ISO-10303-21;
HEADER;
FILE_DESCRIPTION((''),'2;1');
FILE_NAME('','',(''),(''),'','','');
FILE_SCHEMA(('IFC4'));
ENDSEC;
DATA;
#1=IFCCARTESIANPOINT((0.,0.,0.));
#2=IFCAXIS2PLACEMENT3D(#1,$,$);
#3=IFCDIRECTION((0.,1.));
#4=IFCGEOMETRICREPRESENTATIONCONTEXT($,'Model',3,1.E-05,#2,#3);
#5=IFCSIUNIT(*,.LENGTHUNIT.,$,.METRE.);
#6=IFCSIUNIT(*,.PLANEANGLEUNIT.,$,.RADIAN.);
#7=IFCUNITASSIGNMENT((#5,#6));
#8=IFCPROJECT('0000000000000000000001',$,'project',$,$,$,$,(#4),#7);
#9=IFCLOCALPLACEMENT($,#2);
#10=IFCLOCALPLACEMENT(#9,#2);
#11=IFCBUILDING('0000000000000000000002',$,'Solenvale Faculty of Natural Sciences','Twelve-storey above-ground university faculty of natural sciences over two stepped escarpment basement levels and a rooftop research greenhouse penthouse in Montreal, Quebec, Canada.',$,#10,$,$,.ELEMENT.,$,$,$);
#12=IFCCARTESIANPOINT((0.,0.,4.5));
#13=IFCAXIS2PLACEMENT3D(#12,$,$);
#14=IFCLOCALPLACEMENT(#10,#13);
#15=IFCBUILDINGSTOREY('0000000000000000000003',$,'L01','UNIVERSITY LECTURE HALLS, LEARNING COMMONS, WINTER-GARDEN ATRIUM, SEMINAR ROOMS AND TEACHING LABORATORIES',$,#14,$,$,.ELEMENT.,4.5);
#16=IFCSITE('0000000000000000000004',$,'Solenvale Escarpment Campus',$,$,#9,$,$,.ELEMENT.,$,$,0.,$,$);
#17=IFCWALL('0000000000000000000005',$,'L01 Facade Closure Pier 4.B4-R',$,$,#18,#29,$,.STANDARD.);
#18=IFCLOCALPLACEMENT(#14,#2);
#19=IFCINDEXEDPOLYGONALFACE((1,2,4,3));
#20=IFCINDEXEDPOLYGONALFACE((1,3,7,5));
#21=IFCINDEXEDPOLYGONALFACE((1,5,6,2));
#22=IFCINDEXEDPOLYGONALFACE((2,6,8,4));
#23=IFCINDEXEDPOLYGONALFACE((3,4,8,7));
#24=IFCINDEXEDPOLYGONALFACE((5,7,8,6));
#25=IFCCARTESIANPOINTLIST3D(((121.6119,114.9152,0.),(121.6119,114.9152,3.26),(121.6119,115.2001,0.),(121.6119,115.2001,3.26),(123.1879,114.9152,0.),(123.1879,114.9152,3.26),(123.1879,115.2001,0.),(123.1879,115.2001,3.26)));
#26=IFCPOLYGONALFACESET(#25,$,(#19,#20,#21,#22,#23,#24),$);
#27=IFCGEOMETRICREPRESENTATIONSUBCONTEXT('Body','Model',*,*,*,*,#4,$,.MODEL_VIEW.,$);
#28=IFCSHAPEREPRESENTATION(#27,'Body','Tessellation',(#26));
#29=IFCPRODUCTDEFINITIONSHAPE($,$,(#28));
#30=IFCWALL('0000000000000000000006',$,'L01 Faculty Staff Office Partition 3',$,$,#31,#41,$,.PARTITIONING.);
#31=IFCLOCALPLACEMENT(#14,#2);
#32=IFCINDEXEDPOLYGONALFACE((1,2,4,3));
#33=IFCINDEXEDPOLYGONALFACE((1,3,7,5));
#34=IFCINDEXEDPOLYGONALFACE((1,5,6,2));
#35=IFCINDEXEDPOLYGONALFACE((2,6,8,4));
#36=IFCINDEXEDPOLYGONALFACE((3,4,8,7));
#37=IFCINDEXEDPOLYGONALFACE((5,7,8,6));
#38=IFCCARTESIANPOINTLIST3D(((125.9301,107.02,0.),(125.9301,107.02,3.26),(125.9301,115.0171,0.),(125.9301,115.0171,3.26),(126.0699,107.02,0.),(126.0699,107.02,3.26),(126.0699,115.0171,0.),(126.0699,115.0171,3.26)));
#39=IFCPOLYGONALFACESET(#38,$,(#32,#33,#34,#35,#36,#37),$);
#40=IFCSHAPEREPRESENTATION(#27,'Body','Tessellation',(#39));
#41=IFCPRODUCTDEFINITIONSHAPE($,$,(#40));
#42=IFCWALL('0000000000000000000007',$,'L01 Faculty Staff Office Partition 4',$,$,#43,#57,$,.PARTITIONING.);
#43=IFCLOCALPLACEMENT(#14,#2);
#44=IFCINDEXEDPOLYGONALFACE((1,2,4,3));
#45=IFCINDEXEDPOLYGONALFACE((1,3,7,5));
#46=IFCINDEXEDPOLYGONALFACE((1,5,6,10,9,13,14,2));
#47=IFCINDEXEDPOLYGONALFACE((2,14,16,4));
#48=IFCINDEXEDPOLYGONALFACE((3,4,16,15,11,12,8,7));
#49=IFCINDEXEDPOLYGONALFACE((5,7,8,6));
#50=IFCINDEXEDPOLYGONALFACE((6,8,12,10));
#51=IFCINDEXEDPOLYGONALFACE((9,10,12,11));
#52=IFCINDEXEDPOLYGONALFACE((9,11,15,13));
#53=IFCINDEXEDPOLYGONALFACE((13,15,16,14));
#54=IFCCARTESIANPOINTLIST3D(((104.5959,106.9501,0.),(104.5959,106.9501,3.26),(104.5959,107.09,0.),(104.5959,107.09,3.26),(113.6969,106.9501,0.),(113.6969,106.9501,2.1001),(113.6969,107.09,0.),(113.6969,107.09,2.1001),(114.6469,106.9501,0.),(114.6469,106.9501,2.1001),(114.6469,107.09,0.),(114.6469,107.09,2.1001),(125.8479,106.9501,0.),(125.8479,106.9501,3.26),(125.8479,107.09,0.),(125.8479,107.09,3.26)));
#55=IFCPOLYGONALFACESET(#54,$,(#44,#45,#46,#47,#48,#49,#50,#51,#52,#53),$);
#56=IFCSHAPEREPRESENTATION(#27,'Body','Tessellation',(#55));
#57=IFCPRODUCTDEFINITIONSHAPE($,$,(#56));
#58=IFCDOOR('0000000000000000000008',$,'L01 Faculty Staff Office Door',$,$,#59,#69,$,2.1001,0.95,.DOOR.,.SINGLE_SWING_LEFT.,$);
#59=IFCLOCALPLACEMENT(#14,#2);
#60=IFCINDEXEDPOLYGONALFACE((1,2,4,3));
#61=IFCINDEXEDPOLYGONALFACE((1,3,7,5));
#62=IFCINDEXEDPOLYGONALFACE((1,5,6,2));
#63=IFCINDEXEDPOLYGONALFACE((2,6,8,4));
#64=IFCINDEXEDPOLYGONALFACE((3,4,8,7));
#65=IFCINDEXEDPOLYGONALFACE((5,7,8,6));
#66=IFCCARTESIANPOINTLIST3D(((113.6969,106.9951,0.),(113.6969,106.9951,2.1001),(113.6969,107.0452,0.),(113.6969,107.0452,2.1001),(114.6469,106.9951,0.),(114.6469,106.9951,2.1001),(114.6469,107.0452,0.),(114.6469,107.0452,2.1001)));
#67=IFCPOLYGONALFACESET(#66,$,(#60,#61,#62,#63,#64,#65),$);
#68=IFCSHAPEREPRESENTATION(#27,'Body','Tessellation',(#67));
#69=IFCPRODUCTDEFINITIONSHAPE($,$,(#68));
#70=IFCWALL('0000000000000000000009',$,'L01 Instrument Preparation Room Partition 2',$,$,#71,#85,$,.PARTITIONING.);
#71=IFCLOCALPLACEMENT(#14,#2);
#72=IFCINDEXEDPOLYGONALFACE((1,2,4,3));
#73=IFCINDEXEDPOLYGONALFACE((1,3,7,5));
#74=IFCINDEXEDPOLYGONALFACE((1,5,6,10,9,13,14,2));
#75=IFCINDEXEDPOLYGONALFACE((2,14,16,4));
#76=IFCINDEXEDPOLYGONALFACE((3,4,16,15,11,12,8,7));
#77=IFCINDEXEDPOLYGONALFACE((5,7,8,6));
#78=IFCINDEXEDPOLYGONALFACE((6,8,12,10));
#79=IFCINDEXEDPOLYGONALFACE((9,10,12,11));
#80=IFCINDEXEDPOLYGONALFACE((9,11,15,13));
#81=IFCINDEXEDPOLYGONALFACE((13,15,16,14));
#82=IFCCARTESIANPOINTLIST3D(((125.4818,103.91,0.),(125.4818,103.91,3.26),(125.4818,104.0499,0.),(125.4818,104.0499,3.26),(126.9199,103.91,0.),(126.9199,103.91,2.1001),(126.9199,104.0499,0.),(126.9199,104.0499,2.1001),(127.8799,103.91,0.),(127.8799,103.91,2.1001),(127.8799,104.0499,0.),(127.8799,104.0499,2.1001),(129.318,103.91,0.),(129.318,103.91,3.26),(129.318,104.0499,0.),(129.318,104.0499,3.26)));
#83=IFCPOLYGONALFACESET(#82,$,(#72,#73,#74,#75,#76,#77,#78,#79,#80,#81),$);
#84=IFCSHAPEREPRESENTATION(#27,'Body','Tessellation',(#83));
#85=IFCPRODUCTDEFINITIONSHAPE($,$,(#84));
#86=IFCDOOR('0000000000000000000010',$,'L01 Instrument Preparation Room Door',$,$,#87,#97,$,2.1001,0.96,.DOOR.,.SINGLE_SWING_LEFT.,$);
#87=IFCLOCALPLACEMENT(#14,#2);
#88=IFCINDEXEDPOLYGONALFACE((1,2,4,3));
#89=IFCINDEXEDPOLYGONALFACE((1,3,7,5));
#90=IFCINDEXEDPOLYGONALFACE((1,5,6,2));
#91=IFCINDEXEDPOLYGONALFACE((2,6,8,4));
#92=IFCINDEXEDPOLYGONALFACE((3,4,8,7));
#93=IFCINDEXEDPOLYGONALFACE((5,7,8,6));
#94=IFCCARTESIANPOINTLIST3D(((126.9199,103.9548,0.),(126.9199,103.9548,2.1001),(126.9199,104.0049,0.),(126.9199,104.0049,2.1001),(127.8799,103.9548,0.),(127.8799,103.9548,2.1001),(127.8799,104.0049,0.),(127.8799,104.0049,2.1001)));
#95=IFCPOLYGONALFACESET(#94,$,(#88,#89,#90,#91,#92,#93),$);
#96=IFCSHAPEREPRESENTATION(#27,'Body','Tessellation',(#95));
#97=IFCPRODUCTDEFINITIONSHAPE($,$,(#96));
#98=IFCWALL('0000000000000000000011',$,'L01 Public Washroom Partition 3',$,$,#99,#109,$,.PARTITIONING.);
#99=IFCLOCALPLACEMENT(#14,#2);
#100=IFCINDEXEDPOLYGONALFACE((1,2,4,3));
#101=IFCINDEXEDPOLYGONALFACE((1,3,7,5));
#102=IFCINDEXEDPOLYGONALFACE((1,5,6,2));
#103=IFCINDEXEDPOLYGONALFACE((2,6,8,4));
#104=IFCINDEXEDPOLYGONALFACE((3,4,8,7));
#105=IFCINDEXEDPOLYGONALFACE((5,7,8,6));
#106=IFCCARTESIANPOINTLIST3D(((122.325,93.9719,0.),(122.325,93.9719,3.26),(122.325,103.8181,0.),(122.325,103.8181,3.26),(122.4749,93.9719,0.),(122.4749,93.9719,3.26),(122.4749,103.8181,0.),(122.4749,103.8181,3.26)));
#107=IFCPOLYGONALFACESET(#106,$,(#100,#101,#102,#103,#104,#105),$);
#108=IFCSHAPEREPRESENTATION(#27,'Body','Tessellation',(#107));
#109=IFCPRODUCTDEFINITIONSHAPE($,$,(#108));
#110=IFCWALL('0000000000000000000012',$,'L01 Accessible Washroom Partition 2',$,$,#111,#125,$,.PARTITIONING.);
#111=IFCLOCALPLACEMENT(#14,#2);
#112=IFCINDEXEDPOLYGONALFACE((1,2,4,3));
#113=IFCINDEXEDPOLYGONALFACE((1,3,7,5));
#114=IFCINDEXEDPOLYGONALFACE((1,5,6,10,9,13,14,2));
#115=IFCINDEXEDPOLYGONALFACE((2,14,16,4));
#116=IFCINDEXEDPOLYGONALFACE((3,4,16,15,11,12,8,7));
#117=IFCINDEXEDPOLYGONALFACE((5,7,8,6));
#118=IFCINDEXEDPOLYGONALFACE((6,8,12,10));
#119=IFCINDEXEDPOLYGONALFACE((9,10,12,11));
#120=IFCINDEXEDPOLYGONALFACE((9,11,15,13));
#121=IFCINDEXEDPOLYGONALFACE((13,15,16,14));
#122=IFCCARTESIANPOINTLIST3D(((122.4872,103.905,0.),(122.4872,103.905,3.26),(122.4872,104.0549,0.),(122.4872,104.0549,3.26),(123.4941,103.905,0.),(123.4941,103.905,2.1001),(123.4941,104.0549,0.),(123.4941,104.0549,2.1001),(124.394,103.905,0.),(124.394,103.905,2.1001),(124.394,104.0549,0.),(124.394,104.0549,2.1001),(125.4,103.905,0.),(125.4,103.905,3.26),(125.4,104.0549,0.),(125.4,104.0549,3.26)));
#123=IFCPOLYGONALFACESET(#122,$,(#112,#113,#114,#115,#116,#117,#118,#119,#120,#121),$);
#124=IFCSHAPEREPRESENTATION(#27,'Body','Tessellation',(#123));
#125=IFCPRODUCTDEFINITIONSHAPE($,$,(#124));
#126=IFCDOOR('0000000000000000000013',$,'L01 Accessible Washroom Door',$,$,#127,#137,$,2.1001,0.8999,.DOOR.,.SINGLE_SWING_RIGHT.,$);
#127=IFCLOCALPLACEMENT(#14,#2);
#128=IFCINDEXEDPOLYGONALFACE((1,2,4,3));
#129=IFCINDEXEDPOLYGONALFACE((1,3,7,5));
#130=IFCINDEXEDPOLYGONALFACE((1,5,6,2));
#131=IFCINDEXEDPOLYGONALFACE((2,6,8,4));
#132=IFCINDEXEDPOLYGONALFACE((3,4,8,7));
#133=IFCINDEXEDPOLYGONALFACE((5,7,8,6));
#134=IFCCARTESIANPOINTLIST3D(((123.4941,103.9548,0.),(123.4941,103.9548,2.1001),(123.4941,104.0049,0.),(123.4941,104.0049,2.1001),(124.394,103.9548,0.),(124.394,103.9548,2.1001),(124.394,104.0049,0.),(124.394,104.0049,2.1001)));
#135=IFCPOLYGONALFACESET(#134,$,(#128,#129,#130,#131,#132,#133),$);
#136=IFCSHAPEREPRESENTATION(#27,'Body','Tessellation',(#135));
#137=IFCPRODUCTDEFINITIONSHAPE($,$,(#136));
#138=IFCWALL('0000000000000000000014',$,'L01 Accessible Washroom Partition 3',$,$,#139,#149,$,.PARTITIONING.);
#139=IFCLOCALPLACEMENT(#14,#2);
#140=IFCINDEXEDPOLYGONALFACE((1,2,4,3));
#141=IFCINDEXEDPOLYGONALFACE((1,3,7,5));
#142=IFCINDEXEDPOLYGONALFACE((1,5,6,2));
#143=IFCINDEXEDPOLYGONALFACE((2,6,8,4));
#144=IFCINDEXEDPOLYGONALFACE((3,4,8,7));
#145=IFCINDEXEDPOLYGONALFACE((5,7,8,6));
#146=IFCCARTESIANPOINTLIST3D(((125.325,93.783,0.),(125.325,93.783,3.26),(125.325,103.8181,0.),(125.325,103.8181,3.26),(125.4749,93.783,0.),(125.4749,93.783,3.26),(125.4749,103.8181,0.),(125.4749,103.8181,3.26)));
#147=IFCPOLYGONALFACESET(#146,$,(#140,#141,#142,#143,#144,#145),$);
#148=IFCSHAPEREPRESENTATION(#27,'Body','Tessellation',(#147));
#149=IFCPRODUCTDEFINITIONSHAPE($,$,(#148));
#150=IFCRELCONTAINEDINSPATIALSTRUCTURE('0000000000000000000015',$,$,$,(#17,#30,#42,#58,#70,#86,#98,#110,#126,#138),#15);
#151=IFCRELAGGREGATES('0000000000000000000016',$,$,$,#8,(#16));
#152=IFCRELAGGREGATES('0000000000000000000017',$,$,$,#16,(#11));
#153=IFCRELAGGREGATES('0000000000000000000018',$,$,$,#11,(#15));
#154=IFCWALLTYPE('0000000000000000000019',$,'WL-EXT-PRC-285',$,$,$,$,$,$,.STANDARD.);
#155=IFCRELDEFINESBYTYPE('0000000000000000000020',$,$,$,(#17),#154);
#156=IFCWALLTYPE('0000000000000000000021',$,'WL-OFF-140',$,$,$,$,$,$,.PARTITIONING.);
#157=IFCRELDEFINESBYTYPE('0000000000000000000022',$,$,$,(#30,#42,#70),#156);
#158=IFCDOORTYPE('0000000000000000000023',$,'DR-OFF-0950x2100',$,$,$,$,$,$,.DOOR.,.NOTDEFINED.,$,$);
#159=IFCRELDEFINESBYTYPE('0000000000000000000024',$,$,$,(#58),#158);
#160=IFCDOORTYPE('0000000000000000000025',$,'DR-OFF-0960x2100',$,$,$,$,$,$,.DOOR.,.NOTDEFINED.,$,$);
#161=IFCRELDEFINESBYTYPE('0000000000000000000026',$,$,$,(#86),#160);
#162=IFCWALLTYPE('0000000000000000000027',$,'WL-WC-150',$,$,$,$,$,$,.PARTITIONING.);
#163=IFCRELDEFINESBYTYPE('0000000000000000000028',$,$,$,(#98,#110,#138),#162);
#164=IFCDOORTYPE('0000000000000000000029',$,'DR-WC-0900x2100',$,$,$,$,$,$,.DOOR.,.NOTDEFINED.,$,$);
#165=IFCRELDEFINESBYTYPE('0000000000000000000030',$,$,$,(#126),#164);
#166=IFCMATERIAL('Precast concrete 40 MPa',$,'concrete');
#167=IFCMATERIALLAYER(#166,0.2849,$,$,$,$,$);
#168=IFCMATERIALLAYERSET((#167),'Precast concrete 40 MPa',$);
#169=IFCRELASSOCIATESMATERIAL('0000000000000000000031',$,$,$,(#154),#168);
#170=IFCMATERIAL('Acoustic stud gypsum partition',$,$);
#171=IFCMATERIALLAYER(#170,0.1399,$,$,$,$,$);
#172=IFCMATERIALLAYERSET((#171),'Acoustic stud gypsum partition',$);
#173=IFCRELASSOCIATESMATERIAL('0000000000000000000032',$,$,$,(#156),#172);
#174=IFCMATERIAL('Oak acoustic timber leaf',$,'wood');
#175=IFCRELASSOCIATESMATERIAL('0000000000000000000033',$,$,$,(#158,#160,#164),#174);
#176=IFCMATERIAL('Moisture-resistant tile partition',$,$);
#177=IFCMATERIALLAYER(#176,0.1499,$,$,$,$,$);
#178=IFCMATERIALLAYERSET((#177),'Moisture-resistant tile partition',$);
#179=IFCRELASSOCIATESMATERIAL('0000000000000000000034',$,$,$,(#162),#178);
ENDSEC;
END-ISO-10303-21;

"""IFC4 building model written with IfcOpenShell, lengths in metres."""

from ifc_helpers import new_model, si_unit, direction, frame, frame_2d, origin, place, context, subcontext, project, spatial, rectangle, extrude, material, layer, layer_set, type_object, element, fill, save


model = new_model("IFC4")

# Units and contexts
model_context = context("Model", 3, precision=1e-05, world=origin(), true_north=direction((0.0, 1.0)))
body_context = subcontext(model_context, "Body", "Model", "MODEL_VIEW")
ifc_project = project(units=[si_unit("LENGTHUNIT", "METRE"), si_unit("PLANEANGLEUNIT", "RADIAN")], contexts=[model_context])

# Site, building, storey
site_placement = place(None, origin())
site = spatial("IfcSite", under=ifc_project, at=site_placement, Name="Solenvale Escarpment Campus", CompositionType="ELEMENT", RefElevation=0.0)
building_placement = place(site_placement, origin())
building = spatial("IfcBuilding", under=site, at=building_placement, Name="Solenvale Faculty of Natural Sciences", Description="Twelve-storey above-ground university faculty of natural sciences over two stepped escarpment basement levels and a rooftop research greenhouse penthouse in Montreal, Quebec, Canada.", CompositionType="ELEMENT")
storey_placement = place(building_placement, frame((0.0, 0.0, 4.5)))
storey = spatial("IfcBuildingStorey", under=building, at=storey_placement, Name="L01", Description="UNIVERSITY LECTURE HALLS, LEARNING COMMONS, WINTER-GARDEN ATRIUM, SEMINAR ROOMS AND TEACHING LABORATORIES", CompositionType="ELEMENT", Elevation=4.5)

# Wall
ifc_material_1 = material(Name="Precast concrete 40 MPa", Category="concrete")
ifc_layer_1 = layer(ifc_material_1, 0.2849)
ifc_layer_set_1 = layer_set([ifc_layer_1], Name="Precast concrete 40 MPa")
wall_type_1 = type_object("IfcWallType", Name="WL-EXT-PRC-285", PredefinedType="STANDARD", material=ifc_layer_set_1)
wall_1_placement = place(storey_placement, frame((123.188, 115.0576, 0.0), z_axis=(0.0, 0.0, 1.0), x_axis=(-1.0, 0.0, 0.0)))
element("IfcWall", 1, at=wall_1_placement, inside=storey, type_object=wall_type_1, Name="L01 Facade Closure Pier 4.B4-R", PredefinedType="STANDARD", context=body_context, shape_type="SweptSolid", body=[
    extrude(rectangle(XDim=1.5759, YDim=0.2849, at=frame_2d((0.7881, 0.0))), origin(), (0.0, 0.0, 1.0), 3.26),
])

# Wall
ifc_material_2 = material(Name="Acoustic stud gypsum partition")
ifc_layer_2 = layer(ifc_material_2, 0.1399)
ifc_layer_set_2 = layer_set([ifc_layer_2], Name="Acoustic stud gypsum partition")
wall_type_2 = type_object("IfcWallType", Name="WL-OFF-140", PredefinedType="PARTITIONING", material=ifc_layer_set_2)
wall_2_placement = place(storey_placement, frame((126.0, 115.0171, 0.0), z_axis=(0.0, 0.0, 1.0), x_axis=(0.0, -1.0, 0.0)))
element("IfcWall", 2, at=wall_2_placement, inside=storey, type_object=wall_type_2, Name="L01 Faculty Staff Office Partition 3", PredefinedType="PARTITIONING", context=body_context, shape_type="SweptSolid", body=[
    extrude(rectangle(XDim=7.9971, YDim=0.1399, at=frame_2d((3.9985, 0.0))), origin(), (0.0, 0.0, 1.0), 3.26),
])

# Walls, openings, doors
wall_3_placement = place(storey_placement, frame((125.8479, 107.02, 0.0), z_axis=(0.0, 0.0, 1.0), x_axis=(-1.0, 0.0, 0.0)))
wall_3 = element("IfcWall", 3, at=wall_3_placement, inside=storey, type_object=wall_type_2, Name="L01 Faculty Staff Office Partition 4", PredefinedType="PARTITIONING", context=body_context, shape_type="SweptSolid", body=[
    extrude(rectangle(XDim=21.252, YDim=0.1399, at=frame_2d((10.626, 0.0))), origin(), (0.0, 0.0, 1.0), 3.26),
])
opening_1_placement = place(wall_3_placement, frame((11.2009, 0.0, 0.0)))
opening_1 = element("IfcOpeningElement", 4, at=opening_1_placement, cuts=wall_3, PredefinedType="OPENING", context=body_context, shape_type="SweptSolid", body=[
    extrude(rectangle(XDim=0.95, YDim=2.1001, at=frame_2d((0.4751, 1.05))), frame((0.0, 0.0798, 0.0), z_axis=(0.0, -1.0, 0.0), x_axis=(1.0, 0.0, 0.0)), (0.0, 0.0, 1.0), 0.1599),
])
ifc_material_3 = material(Name="Oak acoustic timber leaf", Category="wood")
door_type_1 = type_object("IfcDoorType", Name="DR-OFF-0950x2100", OperationType="NOTDEFINED", PredefinedType="DOOR", material=ifc_material_3)
door_1_placement = place(opening_1_placement, origin())
door_1 = element("IfcDoor", 5, at=door_1_placement, inside=storey, type_object=door_type_1, Name="L01 Faculty Staff Office Door", OperationType="SINGLE_SWING_LEFT", OverallHeight=2.1001, OverallWidth=0.95, PredefinedType="DOOR", context=body_context, shape_type="SweptSolid", body=[
    extrude(rectangle(XDim=0.95, YDim=2.1001, at=frame_2d((0.4751, 1.05))), frame((0.0, 0.0249, 0.0), z_axis=(0.0, -1.0, 0.0), x_axis=(1.0, 0.0, 0.0)), (0.0, 0.0, 1.0), 0.05),
])
fill(opening_1, door_1)
wall_4_placement = place(storey_placement, frame((125.4819, 103.98, 0.0), z_axis=(0.0, 0.0, 1.0), x_axis=(1.0, 0.0, 0.0)))
wall_4 = element("IfcWall", 6, at=wall_4_placement, inside=storey, type_object=wall_type_2, Name="L01 Instrument Preparation Room Partition 2", PredefinedType="PARTITIONING", context=body_context, shape_type="SweptSolid", body=[
    extrude(rectangle(XDim=3.8362, YDim=0.1399, at=frame_2d((1.918, 0.0))), origin(), (0.0, 0.0, 1.0), 3.26),
])
opening_2_placement = place(wall_4_placement, frame((1.438, 0.0, 0.0)))
opening_2 = element("IfcOpeningElement", 7, at=opening_2_placement, cuts=wall_4, PredefinedType="OPENING", context=body_context, shape_type="SweptSolid", body=[
    extrude(rectangle(XDim=0.96, YDim=2.1001, at=frame_2d((0.48, 1.05))), frame((0.0, 0.0798, 0.0), z_axis=(0.0, -1.0, 0.0), x_axis=(1.0, 0.0, 0.0)), (0.0, 0.0, 1.0), 0.1599),
])
door_type_2 = type_object("IfcDoorType", Name="DR-OFF-0960x2100", OperationType="NOTDEFINED", PredefinedType="DOOR", material=ifc_material_3)
door_2_placement = place(opening_2_placement, origin())
door_2 = element("IfcDoor", 8, at=door_2_placement, inside=storey, type_object=door_type_2, Name="L01 Instrument Preparation Room Door", OperationType="SINGLE_SWING_LEFT", OverallHeight=2.1001, OverallWidth=0.96, PredefinedType="DOOR", context=body_context, shape_type="SweptSolid", body=[
    extrude(rectangle(XDim=0.96, YDim=2.1001, at=frame_2d((0.48, 1.05))), frame((0.0, 0.0249, 0.0), z_axis=(0.0, -1.0, 0.0), x_axis=(1.0, 0.0, 0.0)), (0.0, 0.0, 1.0), 0.05),
])
fill(opening_2, door_2)

# Wall
ifc_material_4 = material(Name="Moisture-resistant tile partition")
ifc_layer_3 = layer(ifc_material_4, 0.1499)
ifc_layer_set_3 = layer_set([ifc_layer_3], Name="Moisture-resistant tile partition")
wall_type_3 = type_object("IfcWallType", Name="WL-WC-150", PredefinedType="PARTITIONING", material=ifc_layer_set_3)
wall_5_placement = place(storey_placement, frame((122.3999, 103.8181, 0.0), z_axis=(0.0, 0.0, 1.0), x_axis=(0.0, -1.0, 0.0)))
element("IfcWall", 9, at=wall_5_placement, inside=storey, type_object=wall_type_3, Name="L01 Public Washroom Partition 3", PredefinedType="PARTITIONING", context=body_context, shape_type="SweptSolid", body=[
    extrude(rectangle(XDim=9.8462, YDim=0.1499, at=frame_2d((4.9231, 0.0))), origin(), (0.0, 0.0, 1.0), 3.26),
])

# Wall, opening, door
wall_6_placement = place(storey_placement, frame((122.4871, 103.98, 0.0), z_axis=(0.0, 0.0, 1.0), x_axis=(1.0, 0.0, 0.0)))
wall_6 = element("IfcWall", 10, at=wall_6_placement, inside=storey, type_object=wall_type_3, Name="L01 Accessible Washroom Partition 2", PredefinedType="PARTITIONING", context=body_context, shape_type="SweptSolid", body=[
    extrude(rectangle(XDim=2.9128, YDim=0.1499, at=frame_2d((1.4565, 0.0))), origin(), (0.0, 0.0, 1.0), 3.26),
])
opening_3_placement = place(wall_6_placement, frame((1.0071, 0.0, 0.0)))
opening_3 = element("IfcOpeningElement", 11, at=opening_3_placement, cuts=wall_6, PredefinedType="OPENING", context=body_context, shape_type="SweptSolid", body=[
    extrude(rectangle(XDim=0.8999, YDim=2.1001, at=frame_2d((0.45, 1.05))), frame((0.0, 0.085, 0.0), z_axis=(0.0, -1.0, 0.0), x_axis=(1.0, 0.0, 0.0)), (0.0, 0.0, 1.0), 0.1699),
])
door_type_3 = type_object("IfcDoorType", Name="DR-WC-0900x2100", OperationType="NOTDEFINED", PredefinedType="DOOR", material=ifc_material_3)
door_3_placement = place(opening_3_placement, origin())
door_3 = element("IfcDoor", 12, at=door_3_placement, inside=storey, type_object=door_type_3, Name="L01 Accessible Washroom Door", OperationType="SINGLE_SWING_RIGHT", OverallHeight=2.1001, OverallWidth=0.8999, PredefinedType="DOOR", context=body_context, shape_type="SweptSolid", body=[
    extrude(rectangle(XDim=0.8999, YDim=2.1001, at=frame_2d((0.45, 1.05))), frame((0.0, 0.0249, 0.0), z_axis=(0.0, -1.0, 0.0), x_axis=(1.0, 0.0, 0.0)), (0.0, 0.0, 1.0), 0.05),
])
fill(opening_3, door_3)

# Wall
wall_7_placement = place(storey_placement, frame((125.3999, 103.8181, 0.0), z_axis=(0.0, 0.0, 1.0), x_axis=(0.0, -1.0, 0.0)))
element("IfcWall", 13, at=wall_7_placement, inside=storey, type_object=wall_type_3, Name="L01 Accessible Washroom Partition 3", PredefinedType="PARTITIONING", context=body_context, shape_type="SweptSolid", body=[
    extrude(rectangle(XDim=10.0352, YDim=0.1499, at=frame_2d((5.0176, 0.0))), origin(), (0.0, 0.0, 1.0), 3.26),
])

save(model, "model.ifc")
